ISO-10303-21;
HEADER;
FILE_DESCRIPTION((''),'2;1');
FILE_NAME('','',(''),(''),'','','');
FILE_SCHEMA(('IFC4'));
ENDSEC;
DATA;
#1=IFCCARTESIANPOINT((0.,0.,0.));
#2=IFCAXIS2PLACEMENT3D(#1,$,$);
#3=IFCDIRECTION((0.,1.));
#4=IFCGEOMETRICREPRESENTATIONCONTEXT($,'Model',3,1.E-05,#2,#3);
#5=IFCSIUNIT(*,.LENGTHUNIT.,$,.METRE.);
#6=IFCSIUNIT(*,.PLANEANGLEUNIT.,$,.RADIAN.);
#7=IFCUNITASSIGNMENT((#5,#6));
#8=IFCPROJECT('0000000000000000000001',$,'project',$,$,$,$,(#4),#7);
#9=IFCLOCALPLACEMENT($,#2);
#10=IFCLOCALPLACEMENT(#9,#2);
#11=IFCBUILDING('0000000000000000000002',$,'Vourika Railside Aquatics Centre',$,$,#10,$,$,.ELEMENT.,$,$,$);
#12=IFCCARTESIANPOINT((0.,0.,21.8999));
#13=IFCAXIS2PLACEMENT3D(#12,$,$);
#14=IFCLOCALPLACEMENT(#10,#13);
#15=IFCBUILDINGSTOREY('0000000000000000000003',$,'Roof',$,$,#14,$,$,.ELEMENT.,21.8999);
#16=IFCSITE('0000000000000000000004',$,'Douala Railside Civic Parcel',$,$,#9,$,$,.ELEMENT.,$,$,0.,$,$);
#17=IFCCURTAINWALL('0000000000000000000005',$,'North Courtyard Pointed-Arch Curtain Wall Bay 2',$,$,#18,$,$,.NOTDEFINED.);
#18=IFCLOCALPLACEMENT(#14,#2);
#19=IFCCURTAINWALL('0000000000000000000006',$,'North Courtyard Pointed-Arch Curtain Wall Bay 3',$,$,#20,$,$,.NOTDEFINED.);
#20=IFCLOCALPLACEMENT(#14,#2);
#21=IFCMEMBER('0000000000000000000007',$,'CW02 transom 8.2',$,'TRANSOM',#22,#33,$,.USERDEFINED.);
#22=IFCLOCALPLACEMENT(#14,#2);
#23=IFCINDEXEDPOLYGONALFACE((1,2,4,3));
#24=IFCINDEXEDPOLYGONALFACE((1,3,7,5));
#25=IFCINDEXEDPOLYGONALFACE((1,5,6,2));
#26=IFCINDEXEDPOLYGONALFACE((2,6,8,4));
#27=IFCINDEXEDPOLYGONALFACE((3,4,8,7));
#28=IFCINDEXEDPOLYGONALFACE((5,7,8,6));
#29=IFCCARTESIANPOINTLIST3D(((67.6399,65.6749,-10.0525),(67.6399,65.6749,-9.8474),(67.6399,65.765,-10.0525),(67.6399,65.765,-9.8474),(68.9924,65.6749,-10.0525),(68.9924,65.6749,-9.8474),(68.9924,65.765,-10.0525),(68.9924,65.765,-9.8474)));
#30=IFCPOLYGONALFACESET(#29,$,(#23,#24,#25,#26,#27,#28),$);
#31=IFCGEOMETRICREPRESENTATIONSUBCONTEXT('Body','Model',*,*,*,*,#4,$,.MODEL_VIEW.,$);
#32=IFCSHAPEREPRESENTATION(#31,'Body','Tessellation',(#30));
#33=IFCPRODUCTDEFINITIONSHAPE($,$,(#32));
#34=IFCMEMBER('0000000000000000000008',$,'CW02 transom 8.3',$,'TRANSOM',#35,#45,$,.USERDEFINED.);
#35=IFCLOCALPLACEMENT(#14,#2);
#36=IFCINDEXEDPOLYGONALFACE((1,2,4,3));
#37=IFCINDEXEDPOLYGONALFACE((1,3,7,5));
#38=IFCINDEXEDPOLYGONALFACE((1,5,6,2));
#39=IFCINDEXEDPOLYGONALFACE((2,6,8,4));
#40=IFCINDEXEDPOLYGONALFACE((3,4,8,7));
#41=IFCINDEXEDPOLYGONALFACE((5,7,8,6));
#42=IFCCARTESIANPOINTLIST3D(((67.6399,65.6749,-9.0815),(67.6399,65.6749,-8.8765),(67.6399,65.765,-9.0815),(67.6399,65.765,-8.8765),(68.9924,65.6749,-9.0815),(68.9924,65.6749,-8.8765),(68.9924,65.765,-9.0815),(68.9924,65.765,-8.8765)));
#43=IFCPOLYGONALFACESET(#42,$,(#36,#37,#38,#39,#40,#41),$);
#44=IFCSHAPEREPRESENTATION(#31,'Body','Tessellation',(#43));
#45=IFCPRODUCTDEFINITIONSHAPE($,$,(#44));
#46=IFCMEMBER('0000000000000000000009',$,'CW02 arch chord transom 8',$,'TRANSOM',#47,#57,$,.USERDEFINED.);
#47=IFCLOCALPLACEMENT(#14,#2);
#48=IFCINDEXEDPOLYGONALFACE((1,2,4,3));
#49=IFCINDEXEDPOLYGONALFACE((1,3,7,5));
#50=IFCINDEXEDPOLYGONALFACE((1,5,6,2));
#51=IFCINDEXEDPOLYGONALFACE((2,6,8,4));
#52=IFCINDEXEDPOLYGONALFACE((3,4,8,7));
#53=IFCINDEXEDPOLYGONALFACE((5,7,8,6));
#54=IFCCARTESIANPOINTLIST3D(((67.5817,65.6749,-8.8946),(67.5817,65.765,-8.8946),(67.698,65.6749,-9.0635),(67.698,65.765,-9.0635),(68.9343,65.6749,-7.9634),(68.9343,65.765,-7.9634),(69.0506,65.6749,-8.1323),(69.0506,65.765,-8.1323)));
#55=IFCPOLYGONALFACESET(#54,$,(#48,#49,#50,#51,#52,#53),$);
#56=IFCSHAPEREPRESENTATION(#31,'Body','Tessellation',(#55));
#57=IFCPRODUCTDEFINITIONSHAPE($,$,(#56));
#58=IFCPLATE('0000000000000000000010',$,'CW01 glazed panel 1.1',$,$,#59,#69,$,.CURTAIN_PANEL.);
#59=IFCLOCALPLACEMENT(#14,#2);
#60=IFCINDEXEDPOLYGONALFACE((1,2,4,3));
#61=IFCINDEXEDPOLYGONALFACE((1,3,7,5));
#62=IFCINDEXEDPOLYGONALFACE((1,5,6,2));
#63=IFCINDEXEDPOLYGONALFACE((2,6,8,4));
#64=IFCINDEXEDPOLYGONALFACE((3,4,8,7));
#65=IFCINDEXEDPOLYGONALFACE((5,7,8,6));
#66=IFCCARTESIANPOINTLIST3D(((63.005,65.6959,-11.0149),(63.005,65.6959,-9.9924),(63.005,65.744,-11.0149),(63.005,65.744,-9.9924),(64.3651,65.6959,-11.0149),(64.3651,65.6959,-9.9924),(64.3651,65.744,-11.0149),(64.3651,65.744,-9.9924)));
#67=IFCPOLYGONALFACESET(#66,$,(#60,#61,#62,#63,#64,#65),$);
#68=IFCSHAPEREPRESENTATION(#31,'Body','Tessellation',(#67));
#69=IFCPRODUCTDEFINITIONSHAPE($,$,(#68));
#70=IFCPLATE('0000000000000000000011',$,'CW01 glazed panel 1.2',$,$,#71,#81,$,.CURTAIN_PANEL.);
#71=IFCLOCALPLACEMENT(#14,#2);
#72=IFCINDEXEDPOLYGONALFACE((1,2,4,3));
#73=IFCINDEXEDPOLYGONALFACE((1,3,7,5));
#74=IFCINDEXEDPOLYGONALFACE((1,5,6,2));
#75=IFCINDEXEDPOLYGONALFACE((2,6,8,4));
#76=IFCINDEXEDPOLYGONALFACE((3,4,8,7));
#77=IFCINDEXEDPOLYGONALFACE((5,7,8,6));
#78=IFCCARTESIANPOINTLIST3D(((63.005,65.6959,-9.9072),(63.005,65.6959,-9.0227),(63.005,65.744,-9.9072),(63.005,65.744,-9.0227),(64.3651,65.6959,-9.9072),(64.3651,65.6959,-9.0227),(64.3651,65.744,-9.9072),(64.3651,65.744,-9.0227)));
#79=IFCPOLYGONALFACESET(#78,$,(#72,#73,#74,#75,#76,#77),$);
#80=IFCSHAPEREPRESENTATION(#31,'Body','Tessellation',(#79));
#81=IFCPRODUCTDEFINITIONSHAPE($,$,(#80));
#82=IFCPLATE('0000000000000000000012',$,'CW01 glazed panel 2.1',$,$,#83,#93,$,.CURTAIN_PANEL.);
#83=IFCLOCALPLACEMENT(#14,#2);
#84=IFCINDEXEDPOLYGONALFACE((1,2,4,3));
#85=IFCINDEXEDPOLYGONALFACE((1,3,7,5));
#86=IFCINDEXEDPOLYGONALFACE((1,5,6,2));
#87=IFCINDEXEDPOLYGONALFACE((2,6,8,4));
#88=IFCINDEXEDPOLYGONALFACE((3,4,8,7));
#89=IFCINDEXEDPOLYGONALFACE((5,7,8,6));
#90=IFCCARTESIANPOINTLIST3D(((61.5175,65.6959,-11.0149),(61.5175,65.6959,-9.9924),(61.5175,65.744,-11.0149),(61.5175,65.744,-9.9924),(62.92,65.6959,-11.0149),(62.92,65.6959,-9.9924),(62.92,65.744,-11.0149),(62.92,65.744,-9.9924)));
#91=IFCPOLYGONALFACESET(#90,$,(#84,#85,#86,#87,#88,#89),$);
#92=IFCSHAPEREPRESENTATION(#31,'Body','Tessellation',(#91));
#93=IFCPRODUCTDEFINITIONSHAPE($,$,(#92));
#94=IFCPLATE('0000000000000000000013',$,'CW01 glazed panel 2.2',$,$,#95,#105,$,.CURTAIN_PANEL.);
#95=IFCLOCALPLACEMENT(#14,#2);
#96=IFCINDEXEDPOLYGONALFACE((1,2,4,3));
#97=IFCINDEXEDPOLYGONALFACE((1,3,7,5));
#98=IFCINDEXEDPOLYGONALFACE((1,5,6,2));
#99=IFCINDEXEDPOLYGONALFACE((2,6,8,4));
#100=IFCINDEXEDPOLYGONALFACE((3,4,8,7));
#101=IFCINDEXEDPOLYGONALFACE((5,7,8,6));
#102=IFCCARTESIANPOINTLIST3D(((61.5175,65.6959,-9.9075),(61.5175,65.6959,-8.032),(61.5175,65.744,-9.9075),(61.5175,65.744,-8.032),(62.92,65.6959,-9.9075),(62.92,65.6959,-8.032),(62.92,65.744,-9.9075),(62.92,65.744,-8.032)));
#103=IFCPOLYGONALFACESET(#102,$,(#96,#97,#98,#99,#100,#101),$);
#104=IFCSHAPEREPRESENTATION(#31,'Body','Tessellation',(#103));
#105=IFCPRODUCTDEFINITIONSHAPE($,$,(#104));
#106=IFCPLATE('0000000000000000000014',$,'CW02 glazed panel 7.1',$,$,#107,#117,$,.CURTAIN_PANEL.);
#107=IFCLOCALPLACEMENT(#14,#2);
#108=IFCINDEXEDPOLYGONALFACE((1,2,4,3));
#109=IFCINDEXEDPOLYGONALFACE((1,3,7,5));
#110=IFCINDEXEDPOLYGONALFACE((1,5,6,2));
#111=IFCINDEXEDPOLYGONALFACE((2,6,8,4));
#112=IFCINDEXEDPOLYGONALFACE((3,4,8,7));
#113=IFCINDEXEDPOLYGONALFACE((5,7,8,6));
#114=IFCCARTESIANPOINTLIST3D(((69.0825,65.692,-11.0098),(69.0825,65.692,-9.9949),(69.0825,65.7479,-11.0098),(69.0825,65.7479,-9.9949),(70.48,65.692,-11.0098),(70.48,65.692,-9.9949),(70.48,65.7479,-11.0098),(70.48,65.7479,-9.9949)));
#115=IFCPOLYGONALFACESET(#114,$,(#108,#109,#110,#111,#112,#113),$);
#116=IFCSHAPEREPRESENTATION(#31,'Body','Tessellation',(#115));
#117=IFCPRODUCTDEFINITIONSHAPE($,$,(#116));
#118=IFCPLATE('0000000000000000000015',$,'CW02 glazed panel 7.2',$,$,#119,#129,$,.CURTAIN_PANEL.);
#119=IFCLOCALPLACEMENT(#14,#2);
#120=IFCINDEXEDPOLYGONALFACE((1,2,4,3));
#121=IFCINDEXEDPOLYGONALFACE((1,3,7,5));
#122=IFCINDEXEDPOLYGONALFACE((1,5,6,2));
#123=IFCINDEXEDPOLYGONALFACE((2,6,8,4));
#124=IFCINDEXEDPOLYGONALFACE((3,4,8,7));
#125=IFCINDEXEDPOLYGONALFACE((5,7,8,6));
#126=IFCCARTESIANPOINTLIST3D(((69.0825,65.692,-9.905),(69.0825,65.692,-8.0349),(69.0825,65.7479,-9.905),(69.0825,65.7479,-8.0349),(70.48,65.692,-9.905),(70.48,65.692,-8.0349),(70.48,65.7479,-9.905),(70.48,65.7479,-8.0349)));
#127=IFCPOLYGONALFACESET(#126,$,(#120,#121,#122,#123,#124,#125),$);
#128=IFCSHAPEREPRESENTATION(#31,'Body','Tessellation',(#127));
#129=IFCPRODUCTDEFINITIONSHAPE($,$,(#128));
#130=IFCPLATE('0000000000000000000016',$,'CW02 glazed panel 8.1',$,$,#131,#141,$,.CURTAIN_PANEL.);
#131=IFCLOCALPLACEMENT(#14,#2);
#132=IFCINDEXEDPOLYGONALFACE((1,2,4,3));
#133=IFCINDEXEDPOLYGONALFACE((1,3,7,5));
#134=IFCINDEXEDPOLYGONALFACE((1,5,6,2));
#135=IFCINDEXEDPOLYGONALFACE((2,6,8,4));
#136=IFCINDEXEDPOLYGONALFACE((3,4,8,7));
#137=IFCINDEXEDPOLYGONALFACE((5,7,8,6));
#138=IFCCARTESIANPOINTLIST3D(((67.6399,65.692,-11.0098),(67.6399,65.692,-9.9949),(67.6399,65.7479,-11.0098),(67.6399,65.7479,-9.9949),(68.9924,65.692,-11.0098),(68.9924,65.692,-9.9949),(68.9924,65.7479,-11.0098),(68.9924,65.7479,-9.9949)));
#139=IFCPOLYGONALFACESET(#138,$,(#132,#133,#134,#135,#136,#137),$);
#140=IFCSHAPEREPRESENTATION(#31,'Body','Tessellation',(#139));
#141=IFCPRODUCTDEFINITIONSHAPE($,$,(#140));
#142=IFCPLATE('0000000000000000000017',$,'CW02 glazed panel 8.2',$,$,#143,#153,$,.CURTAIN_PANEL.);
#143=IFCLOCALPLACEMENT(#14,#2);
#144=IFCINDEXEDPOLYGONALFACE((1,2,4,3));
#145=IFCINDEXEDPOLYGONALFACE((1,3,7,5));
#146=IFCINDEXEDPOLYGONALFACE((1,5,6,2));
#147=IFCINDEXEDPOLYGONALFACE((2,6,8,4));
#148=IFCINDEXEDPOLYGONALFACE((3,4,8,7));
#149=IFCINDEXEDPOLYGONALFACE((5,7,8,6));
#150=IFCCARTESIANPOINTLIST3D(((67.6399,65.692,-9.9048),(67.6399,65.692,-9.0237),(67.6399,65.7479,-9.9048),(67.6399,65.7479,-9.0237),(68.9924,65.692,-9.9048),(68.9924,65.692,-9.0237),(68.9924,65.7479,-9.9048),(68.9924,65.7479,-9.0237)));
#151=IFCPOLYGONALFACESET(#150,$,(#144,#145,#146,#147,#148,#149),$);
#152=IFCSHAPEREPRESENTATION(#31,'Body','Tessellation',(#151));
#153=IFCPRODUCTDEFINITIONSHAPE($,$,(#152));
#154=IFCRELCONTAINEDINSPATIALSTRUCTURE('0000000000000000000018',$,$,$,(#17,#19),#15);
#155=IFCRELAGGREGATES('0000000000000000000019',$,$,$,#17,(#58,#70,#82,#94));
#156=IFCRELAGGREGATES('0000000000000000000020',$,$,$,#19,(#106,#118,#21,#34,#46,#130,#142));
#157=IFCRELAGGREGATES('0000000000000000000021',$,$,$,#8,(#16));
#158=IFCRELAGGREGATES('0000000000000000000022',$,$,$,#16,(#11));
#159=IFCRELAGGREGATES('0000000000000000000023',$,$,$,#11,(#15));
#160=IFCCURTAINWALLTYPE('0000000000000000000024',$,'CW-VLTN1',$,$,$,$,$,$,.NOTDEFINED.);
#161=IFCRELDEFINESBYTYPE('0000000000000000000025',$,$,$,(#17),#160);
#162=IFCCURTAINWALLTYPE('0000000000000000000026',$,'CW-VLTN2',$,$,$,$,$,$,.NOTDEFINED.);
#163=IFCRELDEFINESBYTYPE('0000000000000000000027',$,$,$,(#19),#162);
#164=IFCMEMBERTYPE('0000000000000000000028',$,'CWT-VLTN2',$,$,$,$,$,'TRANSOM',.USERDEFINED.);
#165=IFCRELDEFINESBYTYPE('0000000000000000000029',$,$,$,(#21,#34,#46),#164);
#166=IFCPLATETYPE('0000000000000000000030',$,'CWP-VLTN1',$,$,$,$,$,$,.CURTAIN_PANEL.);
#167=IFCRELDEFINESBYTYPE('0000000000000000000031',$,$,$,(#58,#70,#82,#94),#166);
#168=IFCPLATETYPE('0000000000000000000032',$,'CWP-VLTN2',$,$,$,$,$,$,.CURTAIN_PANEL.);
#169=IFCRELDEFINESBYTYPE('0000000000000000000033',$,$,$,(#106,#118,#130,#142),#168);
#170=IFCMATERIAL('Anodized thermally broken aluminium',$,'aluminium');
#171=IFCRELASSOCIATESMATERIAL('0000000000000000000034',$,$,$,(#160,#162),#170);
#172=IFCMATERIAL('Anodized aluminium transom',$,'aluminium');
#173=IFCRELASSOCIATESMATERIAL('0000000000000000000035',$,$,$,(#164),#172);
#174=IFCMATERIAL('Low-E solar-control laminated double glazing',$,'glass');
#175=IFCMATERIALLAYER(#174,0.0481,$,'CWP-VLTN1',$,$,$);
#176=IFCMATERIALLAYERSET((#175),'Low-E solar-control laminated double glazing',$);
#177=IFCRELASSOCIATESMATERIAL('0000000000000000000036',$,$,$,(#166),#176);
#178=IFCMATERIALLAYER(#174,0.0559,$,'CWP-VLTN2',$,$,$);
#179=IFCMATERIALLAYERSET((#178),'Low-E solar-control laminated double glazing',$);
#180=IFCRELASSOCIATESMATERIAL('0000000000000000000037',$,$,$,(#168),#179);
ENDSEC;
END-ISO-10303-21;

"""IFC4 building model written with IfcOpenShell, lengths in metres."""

from ifc_helpers import new_model, si_unit, direction, frame, origin, origin_2d, place, context, subcontext, project, spatial, rectangle, extrude, material, layer, layer_set, material_profile, profile_set, type_object, element, aggregate, save


model = new_model("IFC4")

# Units and contexts
model_context = context("Model", 3, precision=1e-05, world=origin(), true_north=direction((0.0, 1.0)))
body_context = subcontext(model_context, "Body", "Model", "MODEL_VIEW")
ifc_project = project(units=[si_unit("LENGTHUNIT", "METRE"), si_unit("PLANEANGLEUNIT", "RADIAN")], contexts=[model_context])

# Site, building, storey
site_placement = place(None, origin())
site = spatial("IfcSite", under=ifc_project, at=site_placement, Name="Douala Railside Civic Parcel", CompositionType="ELEMENT", RefElevation=0.0)
building_placement = place(site_placement, origin())
building = spatial("IfcBuilding", under=site, at=building_placement, Name="Vourika Railside Aquatics Centre", CompositionType="ELEMENT")
storey_placement = place(building_placement, frame((0.0, 0.0, 21.8999)))
storey = spatial("IfcBuildingStorey", under=building, at=storey_placement, Name="Roof", CompositionType="ELEMENT", Elevation=21.8999)

# Curtain walls
ifc_material_1 = material(Name="Anodized thermally broken aluminium", Category="aluminium")
curtain_wall_type_1 = type_object("IfcCurtainWallType", Name="CW-VLTN1", PredefinedType="NOTDEFINED", material=ifc_material_1)
curtain_wall_1_placement = place(storey_placement, origin())
curtain_wall_1 = element("IfcCurtainWall", 1, at=curtain_wall_1_placement, inside=storey, type_object=curtain_wall_type_1, Name="North Courtyard Pointed-Arch Curtain Wall Bay 2", PredefinedType="NOTDEFINED")
curtain_wall_type_2 = type_object("IfcCurtainWallType", Name="CW-VLTN2", PredefinedType="NOTDEFINED", material=ifc_material_1)
curtain_wall_2_placement = place(storey_placement, origin())
curtain_wall_2 = element("IfcCurtainWall", 2, at=curtain_wall_2_placement, inside=storey, type_object=curtain_wall_type_2, Name="North Courtyard Pointed-Arch Curtain Wall Bay 3", PredefinedType="NOTDEFINED")

# Members
ifc_material_2 = material(Name="Anodized aluminium transom", Category="aluminium")
ifc_material_profile_1 = material_profile(ifc_material_2, rectangle(XDim=0.0901, YDim=0.2051, at=origin_2d()), Name="ALU-T 90x205")
ifc_profile_set_1 = profile_set([ifc_material_profile_1], Name="Anodized aluminium transom")
member_type_1 = type_object("IfcMemberType", Name="CWT-VLTN2", ElementType="TRANSOM", PredefinedType="USERDEFINED", material=ifc_profile_set_1)
member_1_placement = place(storey_placement, frame((68.9924, 65.72, -9.95), z_axis=(-1.0, 0.0, 0.0), x_axis=(0.0, -1.0, 0.0)))
member_1 = element("IfcMember", 3, at=member_1_placement, type_object=member_type_1, Name="CW02 transom 8.2", ObjectType="TRANSOM", PredefinedType="USERDEFINED", context=body_context, shape_type="SweptSolid", body=[
    extrude(rectangle(XDim=0.0901, YDim=0.2051, at=origin_2d()), origin(), (0.0, 0.0, 1.0), 1.3525),
])
member_2_placement = place(storey_placement, frame((68.9924, 65.72, -8.979), z_axis=(-1.0, 0.0, 0.0), x_axis=(0.0, -1.0, 0.0)))
member_2 = element("IfcMember", 4, at=member_2_placement, type_object=member_type_1, Name="CW02 transom 8.3", ObjectType="TRANSOM", PredefinedType="USERDEFINED", context=body_context, shape_type="SweptSolid", body=[
    extrude(rectangle(XDim=0.0901, YDim=0.2051, at=origin_2d()), origin(), (0.0, 0.0, 1.0), 1.3525),
])
member_3_placement = place(storey_placement, frame((68.9924, 65.72, -8.0479), z_axis=(-0.823677, 0.0, -0.567059), x_axis=(0.0, -1.0, 0.0)))
member_3 = element("IfcMember", 5, at=member_3_placement, type_object=member_type_1, Name="CW02 arch chord transom 8", ObjectType="TRANSOM", PredefinedType="USERDEFINED", context=body_context, shape_type="SweptSolid", body=[
    extrude(rectangle(XDim=0.0901, YDim=0.2051, at=origin_2d()), origin(), (0.0, 0.0, 1.0), 1.6421),
])

# Plates
ifc_material_3 = material(Name="Low-E solar-control laminated double glazing", Category="glass")
ifc_layer_1 = layer(ifc_material_3, 0.0481, Name="CWP-VLTN1")
ifc_layer_set_1 = layer_set([ifc_layer_1], Name="Low-E solar-control laminated double glazing")
plate_type_1 = type_object("IfcPlateType", Name="CWP-VLTN1", PredefinedType="CURTAIN_PANEL", material=ifc_layer_set_1)
plate_1_placement = place(storey_placement, frame((63.6851, 65.72, -11.0149), z_axis=(0.0, 0.0, 1.0), x_axis=(-1.0, 0.0, 0.0)))
plate_1 = element("IfcPlate", 6, at=plate_1_placement, type_object=plate_type_1, Name="CW01 glazed panel 1.1", PredefinedType="CURTAIN_PANEL", context=body_context, shape_type="SweptSolid", body=[
    extrude(rectangle(XDim=1.3601, YDim=0.0481, at=origin_2d()), origin(), (0.0, 0.0, 1.0), 1.0225),
])
plate_2_placement = place(storey_placement, frame((63.6851, 65.72, -9.9072), z_axis=(0.0, 0.0, 1.0), x_axis=(-1.0, 0.0, 0.0)))
plate_2 = element("IfcPlate", 7, at=plate_2_placement, type_object=plate_type_1, Name="CW01 glazed panel 1.2", PredefinedType="CURTAIN_PANEL", context=body_context, shape_type="SweptSolid", body=[
    extrude(rectangle(XDim=1.3601, YDim=0.0481, at=origin_2d()), origin(), (0.0, 0.0, 1.0), 0.8845),
])
plate_3_placement = place(storey_placement, frame((62.2188, 65.72, -11.0149), z_axis=(0.0, 0.0, 1.0), x_axis=(-1.0, 0.0, 0.0)))
plate_3 = element("IfcPlate", 8, at=plate_3_placement, type_object=plate_type_1, Name="CW01 glazed panel 2.1", PredefinedType="CURTAIN_PANEL", context=body_context, shape_type="SweptSolid", body=[
    extrude(rectangle(XDim=1.4026, YDim=0.0481, at=origin_2d()), origin(), (0.0, 0.0, 1.0), 1.0225),
])
plate_4_placement = place(storey_placement, frame((62.2188, 65.72, -9.9075), z_axis=(0.0, 0.0, 1.0), x_axis=(-1.0, 0.0, 0.0)))
plate_4 = element("IfcPlate", 9, at=plate_4_placement, type_object=plate_type_1, Name="CW01 glazed panel 2.2", PredefinedType="CURTAIN_PANEL", context=body_context, shape_type="SweptSolid", body=[
    extrude(rectangle(XDim=1.4026, YDim=0.0481, at=origin_2d()), origin(), (0.0, 0.0, 1.0), 1.8755),
])
aggregate(curtain_wall_1, [plate_1, plate_2, plate_3, plate_4])
ifc_layer_2 = layer(ifc_material_3, 0.0559, Name="CWP-VLTN2")
ifc_layer_set_2 = layer_set([ifc_layer_2], Name="Low-E solar-control laminated double glazing")
plate_type_2 = type_object("IfcPlateType", Name="CWP-VLTN2", PredefinedType="CURTAIN_PANEL", material=ifc_layer_set_2)
plate_5_placement = place(storey_placement, frame((69.7812, 65.72, -11.0098), z_axis=(0.0, 0.0, 1.0), x_axis=(-1.0, 0.0, 0.0)))
plate_5 = element("IfcPlate", 10, at=plate_5_placement, type_object=plate_type_2, Name="CW02 glazed panel 7.1", PredefinedType="CURTAIN_PANEL", context=body_context, shape_type="SweptSolid", body=[
    extrude(rectangle(XDim=1.3975, YDim=0.0559, at=origin_2d()), origin(), (0.0, 0.0, 1.0), 1.0149),
])
plate_6_placement = place(storey_placement, frame((69.7812, 65.72, -9.905), z_axis=(0.0, 0.0, 1.0), x_axis=(-1.0, 0.0, 0.0)))
plate_6 = element("IfcPlate", 11, at=plate_6_placement, type_object=plate_type_2, Name="CW02 glazed panel 7.2", PredefinedType="CURTAIN_PANEL", context=body_context, shape_type="SweptSolid", body=[
    extrude(rectangle(XDim=1.3975, YDim=0.0559, at=origin_2d()), origin(), (0.0, 0.0, 1.0), 1.8701),
])
plate_7_placement = place(storey_placement, frame((68.3162, 65.72, -11.0098), z_axis=(0.0, 0.0, 1.0), x_axis=(-1.0, 0.0, 0.0)))
plate_7 = element("IfcPlate", 12, at=plate_7_placement, type_object=plate_type_2, Name="CW02 glazed panel 8.1", PredefinedType="CURTAIN_PANEL", context=body_context, shape_type="SweptSolid", body=[
    extrude(rectangle(XDim=1.3525, YDim=0.0559, at=origin_2d()), origin(), (0.0, 0.0, 1.0), 1.0149),
])
plate_8_placement = place(storey_placement, frame((68.3162, 65.72, -9.9048), z_axis=(0.0, 0.0, 1.0), x_axis=(-1.0, 0.0, 0.0)))
plate_8 = element("IfcPlate", 13, at=plate_8_placement, type_object=plate_type_2, Name="CW02 glazed panel 8.2", PredefinedType="CURTAIN_PANEL", context=body_context, shape_type="SweptSolid", body=[
    extrude(rectangle(XDim=1.3525, YDim=0.0559, at=origin_2d()), origin(), (0.0, 0.0, 1.0), 0.8811),
])
aggregate(curtain_wall_2, [plate_5, plate_6, member_1, member_2, member_3, plate_7, plate_8])

save(model, "model.ifc")
